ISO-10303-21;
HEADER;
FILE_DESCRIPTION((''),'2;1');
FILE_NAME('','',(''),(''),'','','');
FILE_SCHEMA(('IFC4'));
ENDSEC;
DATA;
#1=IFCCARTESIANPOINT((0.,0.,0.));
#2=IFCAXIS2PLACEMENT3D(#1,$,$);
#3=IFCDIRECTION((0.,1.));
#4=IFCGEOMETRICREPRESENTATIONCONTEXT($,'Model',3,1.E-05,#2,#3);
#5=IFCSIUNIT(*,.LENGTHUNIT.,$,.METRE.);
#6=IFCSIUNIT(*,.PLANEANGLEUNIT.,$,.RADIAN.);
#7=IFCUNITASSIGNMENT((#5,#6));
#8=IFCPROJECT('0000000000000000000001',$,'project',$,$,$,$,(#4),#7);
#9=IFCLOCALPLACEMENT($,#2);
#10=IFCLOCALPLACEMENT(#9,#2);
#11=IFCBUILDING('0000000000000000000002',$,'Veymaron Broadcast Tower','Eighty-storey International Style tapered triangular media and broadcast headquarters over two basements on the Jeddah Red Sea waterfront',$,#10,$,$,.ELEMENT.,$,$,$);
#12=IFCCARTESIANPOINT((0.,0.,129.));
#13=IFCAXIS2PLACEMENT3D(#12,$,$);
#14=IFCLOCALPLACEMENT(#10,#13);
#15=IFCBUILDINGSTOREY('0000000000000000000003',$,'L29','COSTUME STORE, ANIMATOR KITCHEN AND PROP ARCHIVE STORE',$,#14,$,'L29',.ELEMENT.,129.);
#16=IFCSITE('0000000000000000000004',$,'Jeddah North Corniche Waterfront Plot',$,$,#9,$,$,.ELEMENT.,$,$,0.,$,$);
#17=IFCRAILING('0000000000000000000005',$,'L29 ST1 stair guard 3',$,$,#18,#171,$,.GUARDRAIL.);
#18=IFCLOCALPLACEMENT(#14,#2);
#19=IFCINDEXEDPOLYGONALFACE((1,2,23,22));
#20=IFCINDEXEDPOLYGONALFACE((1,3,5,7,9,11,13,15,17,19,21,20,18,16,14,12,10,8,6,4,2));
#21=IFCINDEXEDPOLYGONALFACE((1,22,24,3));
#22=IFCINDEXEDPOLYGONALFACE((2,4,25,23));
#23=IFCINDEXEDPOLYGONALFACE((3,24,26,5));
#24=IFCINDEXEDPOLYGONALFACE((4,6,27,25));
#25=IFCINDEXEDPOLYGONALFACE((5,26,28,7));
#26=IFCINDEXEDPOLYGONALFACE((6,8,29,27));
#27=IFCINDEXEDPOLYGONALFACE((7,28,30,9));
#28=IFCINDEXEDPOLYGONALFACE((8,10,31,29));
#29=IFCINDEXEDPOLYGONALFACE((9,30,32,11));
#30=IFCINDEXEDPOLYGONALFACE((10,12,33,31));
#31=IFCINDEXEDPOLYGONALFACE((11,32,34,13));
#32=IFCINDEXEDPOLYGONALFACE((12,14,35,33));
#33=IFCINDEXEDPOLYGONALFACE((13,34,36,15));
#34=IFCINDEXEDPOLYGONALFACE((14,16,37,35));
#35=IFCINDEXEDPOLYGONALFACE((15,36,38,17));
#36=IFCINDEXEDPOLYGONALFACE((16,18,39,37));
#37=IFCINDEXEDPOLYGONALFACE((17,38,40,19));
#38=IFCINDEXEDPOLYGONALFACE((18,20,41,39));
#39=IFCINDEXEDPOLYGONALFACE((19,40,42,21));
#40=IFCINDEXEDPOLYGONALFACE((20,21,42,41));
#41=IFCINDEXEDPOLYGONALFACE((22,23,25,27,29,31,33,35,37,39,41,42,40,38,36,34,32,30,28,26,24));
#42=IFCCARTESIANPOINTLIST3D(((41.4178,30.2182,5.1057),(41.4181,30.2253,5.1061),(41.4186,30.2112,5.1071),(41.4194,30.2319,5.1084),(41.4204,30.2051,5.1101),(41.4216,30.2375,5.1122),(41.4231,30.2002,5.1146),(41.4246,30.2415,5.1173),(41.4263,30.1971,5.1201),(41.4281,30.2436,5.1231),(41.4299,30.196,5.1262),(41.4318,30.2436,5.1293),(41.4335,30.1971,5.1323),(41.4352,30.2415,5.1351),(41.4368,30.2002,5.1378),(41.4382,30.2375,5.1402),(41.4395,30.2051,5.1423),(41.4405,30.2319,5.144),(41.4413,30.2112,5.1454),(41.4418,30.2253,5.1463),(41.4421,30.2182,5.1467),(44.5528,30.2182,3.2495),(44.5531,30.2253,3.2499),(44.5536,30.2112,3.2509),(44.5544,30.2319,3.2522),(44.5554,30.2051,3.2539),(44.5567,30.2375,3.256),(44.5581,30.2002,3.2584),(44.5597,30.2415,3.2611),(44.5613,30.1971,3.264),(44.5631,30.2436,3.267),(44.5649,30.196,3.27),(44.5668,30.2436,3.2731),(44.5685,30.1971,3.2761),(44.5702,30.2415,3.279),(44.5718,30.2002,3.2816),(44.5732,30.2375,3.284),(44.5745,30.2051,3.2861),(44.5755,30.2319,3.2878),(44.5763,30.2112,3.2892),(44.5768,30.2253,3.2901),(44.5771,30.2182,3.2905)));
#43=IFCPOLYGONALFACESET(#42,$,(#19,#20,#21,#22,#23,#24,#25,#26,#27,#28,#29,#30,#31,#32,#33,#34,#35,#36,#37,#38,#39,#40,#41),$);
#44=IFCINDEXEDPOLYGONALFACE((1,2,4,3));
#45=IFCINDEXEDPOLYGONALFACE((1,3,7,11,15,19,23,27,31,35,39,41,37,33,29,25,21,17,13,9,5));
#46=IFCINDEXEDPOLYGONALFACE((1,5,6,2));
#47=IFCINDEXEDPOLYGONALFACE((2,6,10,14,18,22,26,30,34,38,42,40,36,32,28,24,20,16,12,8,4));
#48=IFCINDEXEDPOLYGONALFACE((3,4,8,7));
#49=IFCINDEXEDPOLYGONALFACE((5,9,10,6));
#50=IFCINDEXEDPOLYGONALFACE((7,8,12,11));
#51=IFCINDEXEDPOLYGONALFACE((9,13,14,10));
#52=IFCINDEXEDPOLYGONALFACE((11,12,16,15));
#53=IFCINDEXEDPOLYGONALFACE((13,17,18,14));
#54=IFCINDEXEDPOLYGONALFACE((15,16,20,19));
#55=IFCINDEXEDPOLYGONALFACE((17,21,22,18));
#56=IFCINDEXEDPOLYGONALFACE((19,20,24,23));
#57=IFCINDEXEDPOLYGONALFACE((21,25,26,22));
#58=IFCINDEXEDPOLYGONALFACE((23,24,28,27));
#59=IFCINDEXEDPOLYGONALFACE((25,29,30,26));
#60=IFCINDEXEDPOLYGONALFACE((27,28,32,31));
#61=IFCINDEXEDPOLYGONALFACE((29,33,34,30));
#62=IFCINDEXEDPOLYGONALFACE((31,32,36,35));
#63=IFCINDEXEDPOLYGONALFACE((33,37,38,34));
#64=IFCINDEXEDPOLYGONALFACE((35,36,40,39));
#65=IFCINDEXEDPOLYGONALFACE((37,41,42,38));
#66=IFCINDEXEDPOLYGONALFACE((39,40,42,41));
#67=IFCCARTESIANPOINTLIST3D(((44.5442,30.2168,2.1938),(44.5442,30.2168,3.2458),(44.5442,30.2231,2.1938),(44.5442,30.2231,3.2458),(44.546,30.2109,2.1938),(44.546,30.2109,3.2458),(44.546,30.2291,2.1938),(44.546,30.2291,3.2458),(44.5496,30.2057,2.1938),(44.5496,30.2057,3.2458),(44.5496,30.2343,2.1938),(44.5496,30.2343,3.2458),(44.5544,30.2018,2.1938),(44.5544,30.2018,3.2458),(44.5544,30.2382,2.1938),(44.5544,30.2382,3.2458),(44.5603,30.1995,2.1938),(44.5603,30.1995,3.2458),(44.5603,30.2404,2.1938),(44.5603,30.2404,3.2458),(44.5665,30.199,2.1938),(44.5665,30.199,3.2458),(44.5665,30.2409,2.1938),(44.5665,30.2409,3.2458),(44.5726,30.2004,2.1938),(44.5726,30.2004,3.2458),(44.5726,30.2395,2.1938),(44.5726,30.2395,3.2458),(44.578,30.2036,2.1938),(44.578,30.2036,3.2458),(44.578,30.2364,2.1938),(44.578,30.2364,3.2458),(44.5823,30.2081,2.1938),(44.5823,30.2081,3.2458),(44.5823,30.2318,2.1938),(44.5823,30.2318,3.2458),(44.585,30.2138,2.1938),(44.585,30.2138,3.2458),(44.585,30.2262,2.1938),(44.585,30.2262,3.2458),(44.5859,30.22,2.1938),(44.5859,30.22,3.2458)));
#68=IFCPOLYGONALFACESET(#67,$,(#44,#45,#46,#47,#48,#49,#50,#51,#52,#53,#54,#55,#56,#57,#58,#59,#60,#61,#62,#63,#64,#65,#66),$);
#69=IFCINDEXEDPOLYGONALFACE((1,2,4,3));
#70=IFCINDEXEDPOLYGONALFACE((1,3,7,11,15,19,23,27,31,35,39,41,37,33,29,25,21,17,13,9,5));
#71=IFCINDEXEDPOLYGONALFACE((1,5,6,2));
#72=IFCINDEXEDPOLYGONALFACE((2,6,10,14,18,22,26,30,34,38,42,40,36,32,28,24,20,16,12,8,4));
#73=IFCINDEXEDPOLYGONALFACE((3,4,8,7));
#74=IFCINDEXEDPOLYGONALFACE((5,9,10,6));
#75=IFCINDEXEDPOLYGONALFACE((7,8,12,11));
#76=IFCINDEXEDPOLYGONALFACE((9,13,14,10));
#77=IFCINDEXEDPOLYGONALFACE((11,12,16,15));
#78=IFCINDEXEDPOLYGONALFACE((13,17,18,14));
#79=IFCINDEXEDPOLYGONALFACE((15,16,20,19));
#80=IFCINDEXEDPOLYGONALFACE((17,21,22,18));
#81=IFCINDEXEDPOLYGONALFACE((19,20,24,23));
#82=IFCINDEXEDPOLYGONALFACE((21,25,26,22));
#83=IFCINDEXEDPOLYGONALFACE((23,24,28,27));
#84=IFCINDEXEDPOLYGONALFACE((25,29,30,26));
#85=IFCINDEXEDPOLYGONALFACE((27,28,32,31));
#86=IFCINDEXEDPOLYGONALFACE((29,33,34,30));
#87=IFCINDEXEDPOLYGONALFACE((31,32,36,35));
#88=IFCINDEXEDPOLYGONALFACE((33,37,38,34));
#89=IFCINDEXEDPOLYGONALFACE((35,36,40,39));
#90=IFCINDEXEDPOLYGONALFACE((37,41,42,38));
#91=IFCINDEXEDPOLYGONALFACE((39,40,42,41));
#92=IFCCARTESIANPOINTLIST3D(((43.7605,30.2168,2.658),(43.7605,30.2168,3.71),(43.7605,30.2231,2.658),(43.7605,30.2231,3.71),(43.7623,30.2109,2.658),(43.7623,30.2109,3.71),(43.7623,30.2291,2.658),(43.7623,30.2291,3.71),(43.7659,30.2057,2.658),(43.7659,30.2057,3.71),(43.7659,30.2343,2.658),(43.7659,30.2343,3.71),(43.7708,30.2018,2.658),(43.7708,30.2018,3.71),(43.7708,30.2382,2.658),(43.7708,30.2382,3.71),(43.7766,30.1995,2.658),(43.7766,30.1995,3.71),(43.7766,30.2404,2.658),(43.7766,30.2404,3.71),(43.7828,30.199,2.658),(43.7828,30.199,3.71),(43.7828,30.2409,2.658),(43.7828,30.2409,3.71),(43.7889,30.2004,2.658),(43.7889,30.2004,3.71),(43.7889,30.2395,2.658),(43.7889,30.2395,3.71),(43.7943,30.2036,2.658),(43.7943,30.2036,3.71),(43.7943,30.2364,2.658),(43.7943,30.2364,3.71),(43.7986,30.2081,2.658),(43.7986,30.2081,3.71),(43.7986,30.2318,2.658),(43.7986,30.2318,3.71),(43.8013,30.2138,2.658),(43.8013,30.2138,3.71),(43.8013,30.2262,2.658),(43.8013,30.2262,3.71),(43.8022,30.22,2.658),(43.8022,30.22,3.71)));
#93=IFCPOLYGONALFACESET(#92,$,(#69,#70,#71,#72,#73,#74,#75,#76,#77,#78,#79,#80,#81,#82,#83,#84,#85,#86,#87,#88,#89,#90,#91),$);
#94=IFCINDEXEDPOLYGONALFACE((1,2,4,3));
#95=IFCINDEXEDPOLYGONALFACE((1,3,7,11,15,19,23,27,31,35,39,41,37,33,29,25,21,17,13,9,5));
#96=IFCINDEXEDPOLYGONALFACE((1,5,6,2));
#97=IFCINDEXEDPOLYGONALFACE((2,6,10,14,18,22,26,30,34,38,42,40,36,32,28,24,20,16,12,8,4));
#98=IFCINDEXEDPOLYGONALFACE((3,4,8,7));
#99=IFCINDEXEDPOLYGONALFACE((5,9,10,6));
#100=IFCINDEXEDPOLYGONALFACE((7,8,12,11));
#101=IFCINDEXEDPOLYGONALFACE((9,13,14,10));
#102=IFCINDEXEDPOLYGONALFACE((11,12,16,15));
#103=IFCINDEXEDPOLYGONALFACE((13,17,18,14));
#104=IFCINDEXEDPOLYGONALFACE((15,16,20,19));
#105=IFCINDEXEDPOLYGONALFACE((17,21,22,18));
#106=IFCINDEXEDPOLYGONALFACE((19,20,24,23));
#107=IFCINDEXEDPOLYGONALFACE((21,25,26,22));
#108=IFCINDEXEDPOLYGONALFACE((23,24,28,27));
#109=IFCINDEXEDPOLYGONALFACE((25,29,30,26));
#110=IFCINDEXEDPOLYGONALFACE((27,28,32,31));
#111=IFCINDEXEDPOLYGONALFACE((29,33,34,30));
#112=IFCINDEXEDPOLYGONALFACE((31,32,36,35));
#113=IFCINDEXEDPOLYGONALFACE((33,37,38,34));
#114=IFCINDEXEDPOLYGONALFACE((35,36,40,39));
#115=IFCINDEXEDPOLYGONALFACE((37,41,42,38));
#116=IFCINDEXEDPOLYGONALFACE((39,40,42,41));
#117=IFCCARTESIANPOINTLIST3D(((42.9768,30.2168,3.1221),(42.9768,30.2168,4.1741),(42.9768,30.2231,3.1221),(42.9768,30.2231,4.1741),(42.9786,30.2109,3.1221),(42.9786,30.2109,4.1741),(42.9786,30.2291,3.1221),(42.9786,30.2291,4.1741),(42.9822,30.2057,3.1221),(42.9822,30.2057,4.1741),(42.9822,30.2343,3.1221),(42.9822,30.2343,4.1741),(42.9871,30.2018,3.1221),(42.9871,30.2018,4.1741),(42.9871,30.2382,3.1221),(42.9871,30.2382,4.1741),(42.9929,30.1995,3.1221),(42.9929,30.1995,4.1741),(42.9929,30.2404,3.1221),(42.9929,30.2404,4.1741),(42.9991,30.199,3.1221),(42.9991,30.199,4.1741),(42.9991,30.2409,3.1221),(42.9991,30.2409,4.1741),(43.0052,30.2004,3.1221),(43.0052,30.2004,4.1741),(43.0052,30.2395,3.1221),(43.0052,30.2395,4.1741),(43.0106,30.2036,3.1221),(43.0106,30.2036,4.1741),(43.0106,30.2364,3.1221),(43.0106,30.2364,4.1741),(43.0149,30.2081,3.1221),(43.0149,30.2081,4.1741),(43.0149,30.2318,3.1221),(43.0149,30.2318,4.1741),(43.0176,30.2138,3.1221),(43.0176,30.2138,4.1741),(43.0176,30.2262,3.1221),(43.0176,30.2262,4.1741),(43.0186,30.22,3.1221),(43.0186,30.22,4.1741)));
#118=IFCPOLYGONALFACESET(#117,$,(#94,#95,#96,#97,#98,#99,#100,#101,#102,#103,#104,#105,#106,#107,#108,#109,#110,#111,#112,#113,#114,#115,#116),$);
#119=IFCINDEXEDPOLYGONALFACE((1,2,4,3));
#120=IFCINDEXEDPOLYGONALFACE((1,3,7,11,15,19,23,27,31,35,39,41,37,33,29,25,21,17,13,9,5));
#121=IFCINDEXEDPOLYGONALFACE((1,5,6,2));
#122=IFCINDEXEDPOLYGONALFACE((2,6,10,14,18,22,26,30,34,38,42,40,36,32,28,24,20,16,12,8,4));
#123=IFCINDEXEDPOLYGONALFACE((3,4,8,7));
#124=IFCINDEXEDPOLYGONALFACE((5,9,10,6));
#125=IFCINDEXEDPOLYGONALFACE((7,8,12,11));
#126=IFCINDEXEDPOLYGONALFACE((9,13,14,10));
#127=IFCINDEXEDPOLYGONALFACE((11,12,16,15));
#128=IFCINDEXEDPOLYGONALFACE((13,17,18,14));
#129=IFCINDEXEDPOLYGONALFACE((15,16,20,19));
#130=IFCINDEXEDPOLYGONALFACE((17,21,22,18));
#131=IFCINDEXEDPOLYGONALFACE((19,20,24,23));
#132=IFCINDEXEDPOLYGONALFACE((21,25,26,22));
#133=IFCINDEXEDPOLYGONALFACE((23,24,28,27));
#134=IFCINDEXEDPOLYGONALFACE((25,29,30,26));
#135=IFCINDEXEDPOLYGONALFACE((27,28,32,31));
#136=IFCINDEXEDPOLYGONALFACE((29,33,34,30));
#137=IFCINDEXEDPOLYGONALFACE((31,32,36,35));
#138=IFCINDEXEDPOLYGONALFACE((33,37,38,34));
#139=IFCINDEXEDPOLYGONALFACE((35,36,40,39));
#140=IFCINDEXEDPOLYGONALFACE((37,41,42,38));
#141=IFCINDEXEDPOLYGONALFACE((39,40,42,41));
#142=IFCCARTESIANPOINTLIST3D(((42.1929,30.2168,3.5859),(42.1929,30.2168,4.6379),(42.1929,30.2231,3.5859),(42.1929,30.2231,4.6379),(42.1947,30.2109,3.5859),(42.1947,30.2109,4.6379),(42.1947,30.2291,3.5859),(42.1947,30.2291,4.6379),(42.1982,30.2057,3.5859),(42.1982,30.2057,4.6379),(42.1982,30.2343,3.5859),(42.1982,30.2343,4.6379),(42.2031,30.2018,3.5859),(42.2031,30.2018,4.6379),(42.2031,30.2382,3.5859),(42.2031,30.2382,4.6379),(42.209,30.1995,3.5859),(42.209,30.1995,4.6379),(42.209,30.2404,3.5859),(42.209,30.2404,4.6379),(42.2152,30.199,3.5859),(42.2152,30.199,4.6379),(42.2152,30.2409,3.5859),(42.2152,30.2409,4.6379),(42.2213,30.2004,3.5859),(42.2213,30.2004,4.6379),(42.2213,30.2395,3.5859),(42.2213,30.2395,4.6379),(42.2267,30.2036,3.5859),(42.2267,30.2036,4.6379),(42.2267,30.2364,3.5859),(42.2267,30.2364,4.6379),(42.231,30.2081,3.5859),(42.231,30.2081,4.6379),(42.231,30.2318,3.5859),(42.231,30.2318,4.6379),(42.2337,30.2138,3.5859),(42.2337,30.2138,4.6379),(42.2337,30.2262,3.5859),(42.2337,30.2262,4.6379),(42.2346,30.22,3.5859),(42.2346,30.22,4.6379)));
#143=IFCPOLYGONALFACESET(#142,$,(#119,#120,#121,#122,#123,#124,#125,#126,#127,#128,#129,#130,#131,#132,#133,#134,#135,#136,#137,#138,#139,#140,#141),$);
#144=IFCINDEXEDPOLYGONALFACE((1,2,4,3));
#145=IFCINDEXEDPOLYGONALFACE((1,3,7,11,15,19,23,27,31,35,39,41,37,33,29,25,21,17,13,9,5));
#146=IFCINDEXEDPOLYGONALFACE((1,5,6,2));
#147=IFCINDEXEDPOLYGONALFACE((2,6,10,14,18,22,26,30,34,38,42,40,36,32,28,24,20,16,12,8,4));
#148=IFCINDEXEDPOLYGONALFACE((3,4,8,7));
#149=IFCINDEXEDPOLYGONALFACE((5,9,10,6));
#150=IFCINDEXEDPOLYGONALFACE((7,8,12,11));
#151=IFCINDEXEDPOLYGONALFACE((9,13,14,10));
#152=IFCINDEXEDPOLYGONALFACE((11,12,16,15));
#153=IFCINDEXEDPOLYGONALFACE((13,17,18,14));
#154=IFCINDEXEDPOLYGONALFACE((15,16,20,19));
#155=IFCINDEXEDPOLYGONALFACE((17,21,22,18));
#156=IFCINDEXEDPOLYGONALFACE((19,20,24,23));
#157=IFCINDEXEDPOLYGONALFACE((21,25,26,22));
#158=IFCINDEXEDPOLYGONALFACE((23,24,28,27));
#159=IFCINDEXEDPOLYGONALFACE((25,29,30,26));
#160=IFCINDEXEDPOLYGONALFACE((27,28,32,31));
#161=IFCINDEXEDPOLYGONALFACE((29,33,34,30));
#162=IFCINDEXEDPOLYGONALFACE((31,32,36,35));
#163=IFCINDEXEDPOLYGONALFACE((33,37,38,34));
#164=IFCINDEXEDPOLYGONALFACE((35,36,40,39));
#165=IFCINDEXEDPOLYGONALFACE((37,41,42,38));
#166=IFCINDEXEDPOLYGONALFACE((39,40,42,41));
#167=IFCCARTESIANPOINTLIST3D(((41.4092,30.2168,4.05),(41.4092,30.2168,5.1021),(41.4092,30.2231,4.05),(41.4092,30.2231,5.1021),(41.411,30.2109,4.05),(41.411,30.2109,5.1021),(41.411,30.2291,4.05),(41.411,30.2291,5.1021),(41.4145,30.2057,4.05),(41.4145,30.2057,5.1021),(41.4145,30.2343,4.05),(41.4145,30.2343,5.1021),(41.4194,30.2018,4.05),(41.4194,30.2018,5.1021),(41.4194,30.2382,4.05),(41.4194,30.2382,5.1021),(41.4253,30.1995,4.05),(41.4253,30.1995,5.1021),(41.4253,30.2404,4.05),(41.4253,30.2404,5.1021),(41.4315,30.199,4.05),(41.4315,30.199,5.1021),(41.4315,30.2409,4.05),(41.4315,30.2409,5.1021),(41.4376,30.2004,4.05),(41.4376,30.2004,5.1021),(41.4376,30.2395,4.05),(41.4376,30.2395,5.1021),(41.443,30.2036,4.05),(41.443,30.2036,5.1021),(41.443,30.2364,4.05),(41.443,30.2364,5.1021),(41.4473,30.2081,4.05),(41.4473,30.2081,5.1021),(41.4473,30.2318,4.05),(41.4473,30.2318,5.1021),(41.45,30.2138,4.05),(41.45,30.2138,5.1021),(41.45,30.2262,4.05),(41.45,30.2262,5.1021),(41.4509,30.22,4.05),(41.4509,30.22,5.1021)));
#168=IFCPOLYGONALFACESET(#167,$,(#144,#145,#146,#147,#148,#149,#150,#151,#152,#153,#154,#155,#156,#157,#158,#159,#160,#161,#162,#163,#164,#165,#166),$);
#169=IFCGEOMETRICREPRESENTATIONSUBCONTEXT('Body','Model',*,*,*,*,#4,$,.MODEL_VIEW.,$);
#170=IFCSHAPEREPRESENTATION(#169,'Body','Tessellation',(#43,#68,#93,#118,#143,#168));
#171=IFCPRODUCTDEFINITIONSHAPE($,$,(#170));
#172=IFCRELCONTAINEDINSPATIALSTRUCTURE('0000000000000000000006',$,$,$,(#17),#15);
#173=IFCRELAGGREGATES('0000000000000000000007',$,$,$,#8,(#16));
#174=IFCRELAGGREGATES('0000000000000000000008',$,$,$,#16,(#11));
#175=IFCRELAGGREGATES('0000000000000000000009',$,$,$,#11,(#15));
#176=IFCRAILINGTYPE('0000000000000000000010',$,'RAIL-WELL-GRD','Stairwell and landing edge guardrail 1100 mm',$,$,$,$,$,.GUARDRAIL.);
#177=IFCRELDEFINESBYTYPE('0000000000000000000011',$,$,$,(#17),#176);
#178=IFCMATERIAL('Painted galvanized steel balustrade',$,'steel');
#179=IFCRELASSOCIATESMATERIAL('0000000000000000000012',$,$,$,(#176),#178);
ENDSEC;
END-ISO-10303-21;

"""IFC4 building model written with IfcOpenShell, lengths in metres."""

from ifc_helpers import new_model, si_unit, direction, frame, origin, origin_2d, place, context, subcontext, project, spatial, circle, extrude, material, type_object, element, save


model = new_model("IFC4")

# Units and contexts
model_context = context("Model", 3, precision=1e-05, world=origin(), true_north=direction((0.0, 1.0)))
body_context = subcontext(model_context, "Body", "Model", "MODEL_VIEW")
ifc_project = project(units=[si_unit("LENGTHUNIT", "METRE"), si_unit("PLANEANGLEUNIT", "RADIAN")], contexts=[model_context])

# Site, building, storey
site_placement = place(None, origin())
site = spatial("IfcSite", under=ifc_project, at=site_placement, Name="Jeddah North Corniche Waterfront Plot", CompositionType="ELEMENT", RefElevation=0.0)
building_placement = place(site_placement, origin())
building = spatial("IfcBuilding", under=site, at=building_placement, Name="Veymaron Broadcast Tower", Description="Eighty-storey International Style tapered triangular media and broadcast headquarters over two basements on the Jeddah Red Sea waterfront", CompositionType="ELEMENT")
storey_placement = place(building_placement, frame((0.0, 0.0, 129.0)))
storey = spatial("IfcBuildingStorey", under=building, at=storey_placement, Name="L29", Description="COSTUME STORE, ANIMATOR KITCHEN AND PROP ARCHIVE STORE", LongName="L29", CompositionType="ELEMENT", Elevation=129.0)

# Railing
ifc_material_1 = material(Name="Painted galvanized steel balustrade", Category="steel")
railing_type_1 = type_object("IfcRailingType", Name="RAIL-WELL-GRD", Description="Stairwell and landing edge guardrail 1100 mm", PredefinedType="GUARDRAIL", material=ifc_material_1)
railing_1_placement = place(storey_placement, frame((44.5649, 30.22, 2.1938)))
element("IfcRailing", 1, at=railing_1_placement, inside=storey, type_object=railing_type_1, Name="L29 ST1 stair guard 3", PredefinedType="GUARDRAIL", context=body_context, shape_type="SweptSolid", body=[
    extrude(circle(Radius=0.0239, at=origin_2d()), frame((0.0, 0.0, 1.0762), z_axis=(-0.860482, 0.0, 0.509481), x_axis=(0.0, -1.0, 0.0)), (0.0, 0.0, 1.0), 3.6433),
    extrude(circle(Radius=0.021, at=origin_2d()), origin(), (0.0, 0.0, 1.0), 1.052),
    extrude(circle(Radius=0.021, at=origin_2d()), frame((-0.7837, 0.0, 0.4641)), (0.0, 0.0, 1.0), 1.052),
    extrude(circle(Radius=0.021, at=origin_2d()), frame((-1.5674, 0.0, 0.9282)), (0.0, 0.0, 1.0), 1.052),
    extrude(circle(Radius=0.021, at=origin_2d()), frame((-2.3513, 0.0, 1.3921)), (0.0, 0.0, 1.0), 1.052),
    extrude(circle(Radius=0.021, at=origin_2d()), frame((-3.135, 0.0, 1.8562)), (0.0, 0.0, 1.0), 1.052),
])

save(model, "model.ifc")
